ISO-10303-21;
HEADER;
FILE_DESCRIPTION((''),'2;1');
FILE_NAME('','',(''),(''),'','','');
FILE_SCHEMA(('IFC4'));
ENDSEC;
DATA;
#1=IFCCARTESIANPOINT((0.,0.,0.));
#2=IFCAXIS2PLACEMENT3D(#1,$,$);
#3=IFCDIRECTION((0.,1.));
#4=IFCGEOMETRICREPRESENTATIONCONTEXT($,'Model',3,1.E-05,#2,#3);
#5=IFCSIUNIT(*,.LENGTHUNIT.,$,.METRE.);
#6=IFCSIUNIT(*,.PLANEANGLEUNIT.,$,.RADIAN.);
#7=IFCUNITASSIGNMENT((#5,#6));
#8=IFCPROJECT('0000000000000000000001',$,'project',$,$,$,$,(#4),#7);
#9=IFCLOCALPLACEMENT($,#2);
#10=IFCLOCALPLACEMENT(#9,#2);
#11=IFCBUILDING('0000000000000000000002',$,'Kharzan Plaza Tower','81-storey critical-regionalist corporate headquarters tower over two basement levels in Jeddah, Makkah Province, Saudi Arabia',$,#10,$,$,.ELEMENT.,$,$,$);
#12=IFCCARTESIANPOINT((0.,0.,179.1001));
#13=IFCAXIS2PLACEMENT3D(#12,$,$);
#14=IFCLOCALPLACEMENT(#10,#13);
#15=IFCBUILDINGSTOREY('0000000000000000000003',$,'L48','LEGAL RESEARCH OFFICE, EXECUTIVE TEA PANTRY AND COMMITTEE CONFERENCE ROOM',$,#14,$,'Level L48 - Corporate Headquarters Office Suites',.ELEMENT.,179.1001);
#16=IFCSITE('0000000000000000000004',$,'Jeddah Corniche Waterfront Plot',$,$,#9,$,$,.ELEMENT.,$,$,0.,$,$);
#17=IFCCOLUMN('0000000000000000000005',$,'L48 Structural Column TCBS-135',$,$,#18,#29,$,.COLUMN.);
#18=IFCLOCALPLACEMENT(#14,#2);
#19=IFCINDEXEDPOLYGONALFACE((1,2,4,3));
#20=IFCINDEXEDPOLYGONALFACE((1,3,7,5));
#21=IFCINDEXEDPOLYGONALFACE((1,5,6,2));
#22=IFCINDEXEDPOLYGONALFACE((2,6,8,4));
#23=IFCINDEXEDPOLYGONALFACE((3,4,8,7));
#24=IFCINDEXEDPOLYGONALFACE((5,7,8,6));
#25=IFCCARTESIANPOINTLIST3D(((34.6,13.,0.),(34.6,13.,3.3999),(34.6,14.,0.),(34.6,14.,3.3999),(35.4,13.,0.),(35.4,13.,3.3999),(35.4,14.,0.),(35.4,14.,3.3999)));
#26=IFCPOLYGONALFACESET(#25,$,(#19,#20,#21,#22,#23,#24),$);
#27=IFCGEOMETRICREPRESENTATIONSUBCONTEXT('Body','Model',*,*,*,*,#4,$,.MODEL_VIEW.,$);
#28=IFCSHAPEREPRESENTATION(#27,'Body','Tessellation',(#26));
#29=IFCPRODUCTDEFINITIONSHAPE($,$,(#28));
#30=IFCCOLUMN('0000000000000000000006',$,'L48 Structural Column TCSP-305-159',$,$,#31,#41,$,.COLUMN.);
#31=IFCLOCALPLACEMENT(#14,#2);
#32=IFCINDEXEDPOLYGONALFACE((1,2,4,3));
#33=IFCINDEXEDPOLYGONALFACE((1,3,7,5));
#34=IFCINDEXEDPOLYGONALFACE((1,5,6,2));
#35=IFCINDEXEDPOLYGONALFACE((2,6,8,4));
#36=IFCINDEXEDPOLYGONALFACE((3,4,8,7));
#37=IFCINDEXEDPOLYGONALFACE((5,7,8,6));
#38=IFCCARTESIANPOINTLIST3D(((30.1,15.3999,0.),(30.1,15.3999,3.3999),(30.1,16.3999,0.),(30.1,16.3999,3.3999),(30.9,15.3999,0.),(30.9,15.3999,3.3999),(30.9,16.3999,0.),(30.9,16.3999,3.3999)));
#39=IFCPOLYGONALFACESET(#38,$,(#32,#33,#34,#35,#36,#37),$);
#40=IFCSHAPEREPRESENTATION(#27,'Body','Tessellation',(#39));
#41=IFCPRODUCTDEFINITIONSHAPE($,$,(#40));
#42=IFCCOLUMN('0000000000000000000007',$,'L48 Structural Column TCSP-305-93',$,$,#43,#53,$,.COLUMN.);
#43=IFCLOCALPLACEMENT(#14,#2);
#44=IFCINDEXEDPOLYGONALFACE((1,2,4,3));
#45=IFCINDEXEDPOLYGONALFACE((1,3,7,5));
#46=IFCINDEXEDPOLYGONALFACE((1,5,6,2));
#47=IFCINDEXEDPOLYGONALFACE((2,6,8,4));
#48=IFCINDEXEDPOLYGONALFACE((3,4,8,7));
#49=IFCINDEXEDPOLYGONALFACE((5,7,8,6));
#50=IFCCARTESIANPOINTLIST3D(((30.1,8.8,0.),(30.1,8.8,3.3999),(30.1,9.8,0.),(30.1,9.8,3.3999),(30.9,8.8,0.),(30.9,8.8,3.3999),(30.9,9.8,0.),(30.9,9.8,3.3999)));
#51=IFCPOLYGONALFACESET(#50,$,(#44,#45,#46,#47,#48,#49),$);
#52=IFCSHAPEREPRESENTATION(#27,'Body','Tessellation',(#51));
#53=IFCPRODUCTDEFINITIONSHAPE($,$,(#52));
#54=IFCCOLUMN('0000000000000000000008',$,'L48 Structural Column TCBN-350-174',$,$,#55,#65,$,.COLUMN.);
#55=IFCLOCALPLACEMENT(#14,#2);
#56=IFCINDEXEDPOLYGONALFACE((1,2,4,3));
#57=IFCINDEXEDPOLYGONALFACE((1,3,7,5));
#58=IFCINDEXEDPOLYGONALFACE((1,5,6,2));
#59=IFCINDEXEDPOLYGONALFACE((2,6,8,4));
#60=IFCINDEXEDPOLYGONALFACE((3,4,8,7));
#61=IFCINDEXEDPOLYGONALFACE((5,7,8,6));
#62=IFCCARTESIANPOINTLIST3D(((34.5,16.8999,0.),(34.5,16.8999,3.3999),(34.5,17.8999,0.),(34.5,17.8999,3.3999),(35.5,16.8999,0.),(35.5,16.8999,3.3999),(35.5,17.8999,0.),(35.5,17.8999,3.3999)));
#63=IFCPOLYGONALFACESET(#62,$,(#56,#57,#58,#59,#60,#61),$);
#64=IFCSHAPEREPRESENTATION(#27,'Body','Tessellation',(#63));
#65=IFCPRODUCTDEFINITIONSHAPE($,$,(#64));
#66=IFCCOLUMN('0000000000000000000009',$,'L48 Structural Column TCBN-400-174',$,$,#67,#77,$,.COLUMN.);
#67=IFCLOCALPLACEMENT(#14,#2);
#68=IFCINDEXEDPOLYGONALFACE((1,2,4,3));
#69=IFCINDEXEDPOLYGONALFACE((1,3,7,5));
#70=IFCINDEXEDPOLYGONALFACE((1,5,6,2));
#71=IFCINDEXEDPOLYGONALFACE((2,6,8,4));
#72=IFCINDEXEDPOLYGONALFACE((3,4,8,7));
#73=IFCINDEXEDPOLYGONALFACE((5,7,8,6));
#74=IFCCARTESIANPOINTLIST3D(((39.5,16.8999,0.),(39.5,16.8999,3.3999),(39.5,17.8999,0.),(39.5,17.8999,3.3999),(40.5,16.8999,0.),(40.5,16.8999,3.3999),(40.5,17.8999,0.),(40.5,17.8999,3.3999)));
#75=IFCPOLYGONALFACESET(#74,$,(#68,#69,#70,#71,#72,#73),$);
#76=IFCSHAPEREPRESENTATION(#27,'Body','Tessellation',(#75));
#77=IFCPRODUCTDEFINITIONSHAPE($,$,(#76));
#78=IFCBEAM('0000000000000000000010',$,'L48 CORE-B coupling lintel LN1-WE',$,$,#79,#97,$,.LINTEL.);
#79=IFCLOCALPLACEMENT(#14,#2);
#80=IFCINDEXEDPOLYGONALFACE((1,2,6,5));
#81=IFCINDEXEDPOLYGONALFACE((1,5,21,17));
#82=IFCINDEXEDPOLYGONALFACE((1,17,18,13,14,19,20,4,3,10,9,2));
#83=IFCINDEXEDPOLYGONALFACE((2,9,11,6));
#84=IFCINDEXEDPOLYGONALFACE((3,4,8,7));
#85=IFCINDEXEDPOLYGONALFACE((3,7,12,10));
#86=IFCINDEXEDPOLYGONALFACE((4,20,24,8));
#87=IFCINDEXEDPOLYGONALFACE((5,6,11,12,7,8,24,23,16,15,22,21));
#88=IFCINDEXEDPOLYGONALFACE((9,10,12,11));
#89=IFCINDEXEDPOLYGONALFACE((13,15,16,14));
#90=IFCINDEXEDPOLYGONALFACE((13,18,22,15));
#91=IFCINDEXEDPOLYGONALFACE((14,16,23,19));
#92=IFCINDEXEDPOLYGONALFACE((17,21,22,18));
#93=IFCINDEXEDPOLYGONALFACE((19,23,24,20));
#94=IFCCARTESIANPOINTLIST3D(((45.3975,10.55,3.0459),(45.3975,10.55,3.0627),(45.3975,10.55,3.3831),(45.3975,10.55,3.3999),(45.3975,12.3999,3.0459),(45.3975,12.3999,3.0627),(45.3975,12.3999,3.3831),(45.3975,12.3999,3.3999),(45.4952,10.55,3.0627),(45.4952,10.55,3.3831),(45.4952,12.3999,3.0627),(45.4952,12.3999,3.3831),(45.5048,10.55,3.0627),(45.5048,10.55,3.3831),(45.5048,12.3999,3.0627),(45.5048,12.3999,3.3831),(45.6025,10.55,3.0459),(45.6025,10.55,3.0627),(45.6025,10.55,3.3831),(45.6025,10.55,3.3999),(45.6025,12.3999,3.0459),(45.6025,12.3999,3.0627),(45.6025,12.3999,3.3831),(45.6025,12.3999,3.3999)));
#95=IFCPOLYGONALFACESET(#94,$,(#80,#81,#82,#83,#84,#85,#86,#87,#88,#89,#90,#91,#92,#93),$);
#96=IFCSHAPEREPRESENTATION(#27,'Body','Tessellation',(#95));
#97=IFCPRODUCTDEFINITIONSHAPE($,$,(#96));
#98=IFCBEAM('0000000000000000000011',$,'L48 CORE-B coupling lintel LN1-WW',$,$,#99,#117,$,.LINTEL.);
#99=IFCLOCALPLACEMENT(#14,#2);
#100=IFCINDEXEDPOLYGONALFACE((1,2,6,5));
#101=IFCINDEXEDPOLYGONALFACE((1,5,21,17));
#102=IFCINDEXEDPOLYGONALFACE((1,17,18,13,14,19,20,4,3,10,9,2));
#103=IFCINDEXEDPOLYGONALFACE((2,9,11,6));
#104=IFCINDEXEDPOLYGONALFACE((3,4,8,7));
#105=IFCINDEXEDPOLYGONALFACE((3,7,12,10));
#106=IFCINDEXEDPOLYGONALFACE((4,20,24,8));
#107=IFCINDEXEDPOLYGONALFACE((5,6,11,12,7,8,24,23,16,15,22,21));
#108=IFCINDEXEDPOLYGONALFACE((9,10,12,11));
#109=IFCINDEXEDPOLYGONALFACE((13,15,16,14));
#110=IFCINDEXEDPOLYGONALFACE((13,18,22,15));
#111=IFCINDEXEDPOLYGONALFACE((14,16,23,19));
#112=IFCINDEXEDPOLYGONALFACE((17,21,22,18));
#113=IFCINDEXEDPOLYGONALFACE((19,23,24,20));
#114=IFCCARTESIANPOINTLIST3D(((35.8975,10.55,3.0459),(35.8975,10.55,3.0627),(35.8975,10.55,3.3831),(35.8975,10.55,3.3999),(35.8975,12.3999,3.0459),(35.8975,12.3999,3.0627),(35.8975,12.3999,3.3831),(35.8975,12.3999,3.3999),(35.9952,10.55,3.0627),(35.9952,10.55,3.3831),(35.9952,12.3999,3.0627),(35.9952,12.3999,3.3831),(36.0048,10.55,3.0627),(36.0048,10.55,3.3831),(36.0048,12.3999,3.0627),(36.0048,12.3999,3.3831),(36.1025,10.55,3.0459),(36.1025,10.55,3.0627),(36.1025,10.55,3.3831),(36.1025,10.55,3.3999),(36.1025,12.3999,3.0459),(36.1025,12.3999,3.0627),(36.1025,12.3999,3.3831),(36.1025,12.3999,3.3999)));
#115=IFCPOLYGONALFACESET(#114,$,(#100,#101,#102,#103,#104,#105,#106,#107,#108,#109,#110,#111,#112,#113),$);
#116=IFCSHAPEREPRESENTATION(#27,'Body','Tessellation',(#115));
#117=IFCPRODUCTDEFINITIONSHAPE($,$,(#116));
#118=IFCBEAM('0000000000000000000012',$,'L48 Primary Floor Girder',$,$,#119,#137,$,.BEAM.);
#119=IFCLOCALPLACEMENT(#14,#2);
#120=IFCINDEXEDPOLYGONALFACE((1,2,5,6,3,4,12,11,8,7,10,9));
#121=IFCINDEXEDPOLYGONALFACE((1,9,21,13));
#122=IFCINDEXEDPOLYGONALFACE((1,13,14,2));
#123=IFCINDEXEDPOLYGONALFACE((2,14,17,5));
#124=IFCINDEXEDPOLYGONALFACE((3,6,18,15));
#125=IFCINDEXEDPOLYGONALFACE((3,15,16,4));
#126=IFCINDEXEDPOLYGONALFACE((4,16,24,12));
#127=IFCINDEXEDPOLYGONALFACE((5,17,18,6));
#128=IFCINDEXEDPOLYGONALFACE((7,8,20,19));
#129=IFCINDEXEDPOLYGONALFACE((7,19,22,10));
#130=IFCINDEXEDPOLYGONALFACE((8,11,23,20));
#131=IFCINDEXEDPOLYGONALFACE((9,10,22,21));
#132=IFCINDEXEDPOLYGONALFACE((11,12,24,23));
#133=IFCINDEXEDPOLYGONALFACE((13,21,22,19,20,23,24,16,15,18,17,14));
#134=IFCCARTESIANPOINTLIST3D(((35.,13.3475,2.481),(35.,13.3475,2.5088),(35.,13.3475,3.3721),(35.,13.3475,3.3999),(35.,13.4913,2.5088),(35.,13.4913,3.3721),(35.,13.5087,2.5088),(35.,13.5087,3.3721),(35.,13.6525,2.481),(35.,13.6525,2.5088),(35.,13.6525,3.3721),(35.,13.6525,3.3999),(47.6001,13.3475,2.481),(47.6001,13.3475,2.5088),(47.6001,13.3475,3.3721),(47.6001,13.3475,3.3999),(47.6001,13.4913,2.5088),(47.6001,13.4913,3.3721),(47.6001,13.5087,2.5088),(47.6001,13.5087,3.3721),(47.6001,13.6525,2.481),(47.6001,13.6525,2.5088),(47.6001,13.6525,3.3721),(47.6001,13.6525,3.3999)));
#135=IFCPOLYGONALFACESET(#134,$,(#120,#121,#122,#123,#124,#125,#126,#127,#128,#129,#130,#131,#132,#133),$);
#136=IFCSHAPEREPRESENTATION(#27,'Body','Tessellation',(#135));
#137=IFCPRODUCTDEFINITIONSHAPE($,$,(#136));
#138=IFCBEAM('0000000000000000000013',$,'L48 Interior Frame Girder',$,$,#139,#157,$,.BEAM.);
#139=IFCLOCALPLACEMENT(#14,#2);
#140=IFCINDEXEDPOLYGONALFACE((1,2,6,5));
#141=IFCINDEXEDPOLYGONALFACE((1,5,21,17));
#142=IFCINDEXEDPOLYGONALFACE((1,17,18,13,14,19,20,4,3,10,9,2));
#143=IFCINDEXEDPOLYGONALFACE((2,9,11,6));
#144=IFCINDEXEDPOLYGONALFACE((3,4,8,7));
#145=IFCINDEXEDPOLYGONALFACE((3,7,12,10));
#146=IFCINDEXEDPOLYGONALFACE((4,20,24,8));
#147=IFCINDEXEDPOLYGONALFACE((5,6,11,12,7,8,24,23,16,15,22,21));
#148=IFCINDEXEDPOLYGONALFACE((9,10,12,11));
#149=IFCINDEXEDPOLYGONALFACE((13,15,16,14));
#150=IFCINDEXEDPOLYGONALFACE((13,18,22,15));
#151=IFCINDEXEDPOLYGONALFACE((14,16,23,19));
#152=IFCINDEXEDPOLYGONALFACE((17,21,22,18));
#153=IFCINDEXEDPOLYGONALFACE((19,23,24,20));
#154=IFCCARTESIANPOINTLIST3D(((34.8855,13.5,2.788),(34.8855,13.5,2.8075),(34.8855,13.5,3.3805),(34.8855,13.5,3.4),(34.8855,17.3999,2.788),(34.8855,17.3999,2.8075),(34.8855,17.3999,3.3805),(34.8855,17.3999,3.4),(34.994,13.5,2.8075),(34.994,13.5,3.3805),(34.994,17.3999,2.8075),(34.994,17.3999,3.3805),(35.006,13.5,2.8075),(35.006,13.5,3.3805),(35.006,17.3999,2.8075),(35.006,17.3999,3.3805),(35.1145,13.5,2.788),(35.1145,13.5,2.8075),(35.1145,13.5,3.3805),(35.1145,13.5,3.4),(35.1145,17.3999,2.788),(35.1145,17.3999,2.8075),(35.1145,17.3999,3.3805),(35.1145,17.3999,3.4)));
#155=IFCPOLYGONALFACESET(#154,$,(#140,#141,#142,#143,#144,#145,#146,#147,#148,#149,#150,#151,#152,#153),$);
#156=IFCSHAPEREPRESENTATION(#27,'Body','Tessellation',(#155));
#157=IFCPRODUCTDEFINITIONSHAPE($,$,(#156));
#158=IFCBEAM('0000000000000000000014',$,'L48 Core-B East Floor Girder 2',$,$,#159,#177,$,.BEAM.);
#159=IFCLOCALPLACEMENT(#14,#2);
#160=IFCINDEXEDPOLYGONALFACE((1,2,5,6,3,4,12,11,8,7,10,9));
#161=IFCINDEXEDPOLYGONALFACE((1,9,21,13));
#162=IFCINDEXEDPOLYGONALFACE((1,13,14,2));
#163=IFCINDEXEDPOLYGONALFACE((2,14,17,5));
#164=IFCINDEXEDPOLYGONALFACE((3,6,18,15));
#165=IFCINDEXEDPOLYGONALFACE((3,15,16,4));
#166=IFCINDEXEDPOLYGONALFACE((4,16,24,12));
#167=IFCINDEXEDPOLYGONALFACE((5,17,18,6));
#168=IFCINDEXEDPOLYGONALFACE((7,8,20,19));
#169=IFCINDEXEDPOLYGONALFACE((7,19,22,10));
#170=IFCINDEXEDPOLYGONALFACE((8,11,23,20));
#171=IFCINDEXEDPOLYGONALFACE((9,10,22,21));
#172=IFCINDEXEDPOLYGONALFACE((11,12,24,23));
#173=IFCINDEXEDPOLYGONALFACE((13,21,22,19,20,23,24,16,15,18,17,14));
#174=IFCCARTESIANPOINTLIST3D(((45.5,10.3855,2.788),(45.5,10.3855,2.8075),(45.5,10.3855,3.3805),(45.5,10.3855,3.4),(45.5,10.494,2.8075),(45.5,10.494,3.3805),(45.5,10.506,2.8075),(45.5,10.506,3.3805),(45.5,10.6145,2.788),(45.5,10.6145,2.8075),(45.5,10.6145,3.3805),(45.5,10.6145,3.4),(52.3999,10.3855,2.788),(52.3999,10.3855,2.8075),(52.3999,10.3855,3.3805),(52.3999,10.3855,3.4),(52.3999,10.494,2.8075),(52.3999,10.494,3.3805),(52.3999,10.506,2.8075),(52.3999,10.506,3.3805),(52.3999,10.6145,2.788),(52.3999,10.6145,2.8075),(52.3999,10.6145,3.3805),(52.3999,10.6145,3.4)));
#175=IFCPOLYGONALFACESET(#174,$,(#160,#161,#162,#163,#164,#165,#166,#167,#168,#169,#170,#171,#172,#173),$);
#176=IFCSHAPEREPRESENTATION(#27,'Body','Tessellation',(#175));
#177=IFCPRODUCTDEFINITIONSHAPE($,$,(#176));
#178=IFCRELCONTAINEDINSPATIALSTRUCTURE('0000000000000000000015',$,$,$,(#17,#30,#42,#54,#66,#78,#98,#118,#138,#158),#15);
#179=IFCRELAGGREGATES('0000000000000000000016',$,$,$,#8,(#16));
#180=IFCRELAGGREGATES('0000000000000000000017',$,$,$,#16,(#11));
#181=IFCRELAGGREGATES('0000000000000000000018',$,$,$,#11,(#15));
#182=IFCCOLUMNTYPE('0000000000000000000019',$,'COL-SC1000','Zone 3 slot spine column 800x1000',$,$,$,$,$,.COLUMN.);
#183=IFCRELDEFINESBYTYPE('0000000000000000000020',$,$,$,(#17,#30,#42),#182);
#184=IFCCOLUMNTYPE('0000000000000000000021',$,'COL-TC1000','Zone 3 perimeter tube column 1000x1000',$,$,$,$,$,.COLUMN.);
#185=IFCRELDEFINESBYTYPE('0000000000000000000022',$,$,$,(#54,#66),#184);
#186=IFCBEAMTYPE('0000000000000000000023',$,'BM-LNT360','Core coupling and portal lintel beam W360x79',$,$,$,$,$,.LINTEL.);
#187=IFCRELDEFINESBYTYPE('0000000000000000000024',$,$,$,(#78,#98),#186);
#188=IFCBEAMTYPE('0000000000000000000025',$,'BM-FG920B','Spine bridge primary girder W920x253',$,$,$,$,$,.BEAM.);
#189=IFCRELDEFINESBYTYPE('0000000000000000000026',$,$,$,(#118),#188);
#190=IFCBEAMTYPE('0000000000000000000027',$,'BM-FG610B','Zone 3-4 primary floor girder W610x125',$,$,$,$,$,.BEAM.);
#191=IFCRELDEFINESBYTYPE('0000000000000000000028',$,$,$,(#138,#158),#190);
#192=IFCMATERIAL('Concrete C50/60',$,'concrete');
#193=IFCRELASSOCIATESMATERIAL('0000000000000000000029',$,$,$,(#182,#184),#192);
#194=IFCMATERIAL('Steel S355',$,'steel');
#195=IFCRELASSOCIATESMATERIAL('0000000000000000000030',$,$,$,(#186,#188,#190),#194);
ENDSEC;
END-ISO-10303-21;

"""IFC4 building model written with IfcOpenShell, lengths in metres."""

from ifc_helpers import new_model, si_unit, direction, frame, origin, origin_2d, place, context, subcontext, project, spatial, rectangle, i_section, extrude, source, transform, mapped, material, material_profile, profile_set, type_object, element, save


model = new_model("IFC4")

# Units and contexts
model_context = context("Model", 3, precision=1e-05, world=origin(), true_north=direction((0.0, 1.0)))
body_context = subcontext(model_context, "Body", "Model", "MODEL_VIEW")
ifc_project = project(units=[si_unit("LENGTHUNIT", "METRE"), si_unit("PLANEANGLEUNIT", "RADIAN")], contexts=[model_context])

# Site, building, storey
site_placement = place(None, origin())
site = spatial("IfcSite", under=ifc_project, at=site_placement, Name="Jeddah Corniche Waterfront Plot", CompositionType="ELEMENT", RefElevation=0.0)
building_placement = place(site_placement, origin())
building = spatial("IfcBuilding", under=site, at=building_placement, Name="Kharzan Plaza Tower", Description="81-storey critical-regionalist corporate headquarters tower over two basement levels in Jeddah, Makkah Province, Saudi Arabia", CompositionType="ELEMENT")
storey_placement = place(building_placement, frame((0.0, 0.0, 179.1001)))
storey = spatial("IfcBuildingStorey", under=building, at=storey_placement, Name="L48", Description="LEGAL RESEARCH OFFICE, EXECUTIVE TEA PANTRY AND COMMITTEE CONFERENCE ROOM", LongName="Level L48 - Corporate Headquarters Office Suites", CompositionType="ELEMENT", Elevation=179.1001)

# Columns
ifc_material_1 = material(Name="Concrete C50/60", Category="concrete")
ifc_material_profile_1 = material_profile(ifc_material_1, rectangle(XDim=0.8, YDim=1.0, at=origin_2d()), Name="RC-SC1000x800")
ifc_profile_set_1 = profile_set([ifc_material_profile_1], Name="Concrete C50/60")
column_type_1 = type_object("IfcColumnType", Name="COL-SC1000", Description="Zone 3 slot spine column 800x1000", PredefinedType="COLUMN", material=ifc_profile_set_1)
shared_shape_1 = source(origin(), body_context, "Body", "SweptSolid", [
    extrude(rectangle(XDim=0.8, YDim=1.0, at=origin_2d()), origin(), (0.0, 0.0, 1.0), 3.3999),
])
for number, where, z_axis, x_axis, name in (
    (1, (35.0, 13.5, 0.0), (0.0, 0.0, 1.0), (1.0, 0.0, 0.0), "L48 Structural Column TCBS-135"),
    (2, (30.5, 15.8999, 0.0), (0.0, 0.0, 1.0), (1.0, 0.0, 0.0), "L48 Structural Column TCSP-305-159"),
    (3, (30.5, 9.3, 0.0), (0.0, 0.0, 1.0), (1.0, 0.0, 0.0), "L48 Structural Column TCSP-305-93"),
):
    element("IfcColumn", number, at=place(storey_placement, frame(where, z_axis=z_axis, x_axis=x_axis)), inside=storey, type_object=column_type_1, Name=name, PredefinedType="COLUMN", context=body_context, shape_type="MappedRepresentation", body=[
        mapped(shared_shape_1, transform((0.0, 0.0, 0.0), x_axis=(1.0, 0.0, 0.0), y_axis=(0.0, 1.0, 0.0), z_axis=(0.0, 0.0, 1.0))),
    ])
ifc_material_profile_2 = material_profile(ifc_material_1, rectangle(XDim=1.0, YDim=1.0, at=origin_2d()), Name="RC-TC1000x1000")
ifc_profile_set_2 = profile_set([ifc_material_profile_2], Name="Concrete C50/60")
column_type_2 = type_object("IfcColumnType", Name="COL-TC1000", Description="Zone 3 perimeter tube column 1000x1000", PredefinedType="COLUMN", material=ifc_profile_set_2)
shared_shape_2 = source(origin(), body_context, "Body", "SweptSolid", [
    extrude(rectangle(XDim=1.0, YDim=1.0, at=origin_2d()), origin(), (0.0, 0.0, 1.0), 3.3999),
])
for number, where, z_axis, x_axis, name in (
    (4, (35.0, 17.3999, 0.0), (0.0, 0.0, 1.0), (1.0, 0.0, 0.0), "L48 Structural Column TCBN-350-174"),
    (5, (40.0, 17.3999, 0.0), (0.0, 0.0, 1.0), (1.0, 0.0, 0.0), "L48 Structural Column TCBN-400-174"),
):
    element("IfcColumn", number, at=place(storey_placement, frame(where, z_axis=z_axis, x_axis=x_axis)), inside=storey, type_object=column_type_2, Name=name, PredefinedType="COLUMN", context=body_context, shape_type="MappedRepresentation", body=[
        mapped(shared_shape_2, transform((0.0, 0.0, 0.0), x_axis=(1.0, 0.0, 0.0), y_axis=(0.0, 1.0, 0.0), z_axis=(0.0, 0.0, 1.0))),
    ])

# Beams
ifc_material_2 = material(Name="Steel S355", Category="steel")
ifc_material_profile_3 = material_profile(ifc_material_2, i_section(OverallWidth=0.2051, OverallDepth=0.354, WebThickness=0.0095, FlangeThickness=0.0168, at=origin_2d()), Name="W360x79")
ifc_profile_set_3 = profile_set([ifc_material_profile_3], Name="Steel S355")
beam_type_1 = type_object("IfcBeamType", Name="BM-LNT360", Description="Core coupling and portal lintel beam W360x79", PredefinedType="LINTEL", material=ifc_profile_set_3)
shared_shape_3 = source(origin(), body_context, "Body", "SweptSolid", [
    extrude(i_section(OverallWidth=0.2051, OverallDepth=0.354, WebThickness=0.0095, FlangeThickness=0.0168, at=origin_2d()), origin(), (0.0, 0.0, 1.0), 1.8499),
])
for number, where, z_axis, x_axis, name in (
    (6, (45.5, 10.55, 3.2229), (0.0, 1.0, 0.0), (-1.0, 0.0, 0.0), "L48 CORE-B coupling lintel LN1-WE"),
    (7, (36.0, 10.55, 3.2229), (0.0, 1.0, 0.0), (-1.0, 0.0, 0.0), "L48 CORE-B coupling lintel LN1-WW"),
):
    element("IfcBeam", number, at=place(storey_placement, frame(where, z_axis=z_axis, x_axis=x_axis)), inside=storey, type_object=beam_type_1, Name=name, PredefinedType="LINTEL", context=body_context, shape_type="MappedRepresentation", body=[
        mapped(shared_shape_3, transform((0.0, 0.0, 0.0), x_axis=(1.0, 0.0, 0.0), y_axis=(0.0, 1.0, 0.0), z_axis=(0.0, 0.0, 1.0))),
    ])
ifc_material_profile_4 = material_profile(ifc_material_2, i_section(OverallWidth=0.3049, OverallDepth=0.9189, WebThickness=0.0173, FlangeThickness=0.0278, at=origin_2d()), Name="W920x253")
ifc_profile_set_4 = profile_set([ifc_material_profile_4], Name="Steel S355")
beam_type_2 = type_object("IfcBeamType", Name="BM-FG920B", Description="Spine bridge primary girder W920x253", PredefinedType="BEAM", material=ifc_profile_set_4)
shared_shape_4 = source(origin(), body_context, "Body", "SweptSolid", [
    extrude(i_section(OverallWidth=0.3049, OverallDepth=0.9189, WebThickness=0.0173, FlangeThickness=0.0278, at=origin_2d()), origin(), (0.0, 0.0, 1.0), 12.6001),
])
beam_1_placement = place(storey_placement, frame((35.0, 13.5, 2.9404), z_axis=(1.0, 0.0, 0.0), x_axis=(0.0, 1.0, 0.0)))
element("IfcBeam", 8, at=beam_1_placement, inside=storey, type_object=beam_type_2, Name="L48 Primary Floor Girder", PredefinedType="BEAM", context=body_context, shape_type="MappedRepresentation", body=[
    mapped(shared_shape_4, transform((0.0, 0.0, 0.0), x_axis=(1.0, 0.0, 0.0), y_axis=(0.0, 1.0, 0.0), z_axis=(0.0, 0.0, 1.0))),
])
ifc_material_profile_5 = material_profile(ifc_material_2, i_section(OverallWidth=0.229, OverallDepth=0.6121, WebThickness=0.012, FlangeThickness=0.0195, at=origin_2d()), Name="W610x125")
ifc_profile_set_5 = profile_set([ifc_material_profile_5], Name="Steel S355")
beam_type_3 = type_object("IfcBeamType", Name="BM-FG610B", Description="Zone 3-4 primary floor girder W610x125", PredefinedType="BEAM", material=ifc_profile_set_5)
shared_shape_5 = source(origin(), body_context, "Body", "SweptSolid", [
    extrude(i_section(OverallWidth=0.229, OverallDepth=0.6121, WebThickness=0.012, FlangeThickness=0.0195, at=origin_2d()), origin(), (0.0, 0.0, 1.0), 3.8999),
])
beam_2_placement = place(storey_placement, frame((35.0, 13.5, 3.094), z_axis=(0.0, 1.0, 0.0), x_axis=(-1.0, 0.0, 0.0)))
element("IfcBeam", 9, at=beam_2_placement, inside=storey, type_object=beam_type_3, Name="L48 Interior Frame Girder", PredefinedType="BEAM", context=body_context, shape_type="MappedRepresentation", body=[
    mapped(shared_shape_5, transform((0.0, 0.0, 0.0), x_axis=(1.0, 0.0, 0.0), y_axis=(0.0, 1.0, 0.0), z_axis=(0.0, 0.0, 1.0))),
])
shared_shape_6 = source(origin(), body_context, "Body", "SweptSolid", [
    extrude(i_section(OverallWidth=0.229, OverallDepth=0.6121, WebThickness=0.012, FlangeThickness=0.0195, at=origin_2d()), origin(), (0.0, 0.0, 1.0), 6.8999),
])
beam_3_placement = place(storey_placement, frame((45.5, 10.5, 3.094), z_axis=(1.0, 0.0, 0.0), x_axis=(0.0, 1.0, 0.0)))
element("IfcBeam", 10, at=beam_3_placement, inside=storey, type_object=beam_type_3, Name="L48 Core-B East Floor Girder 2", PredefinedType="BEAM", context=body_context, shape_type="MappedRepresentation", body=[
    mapped(shared_shape_6, transform((0.0, 0.0, 0.0), x_axis=(1.0, 0.0, 0.0), y_axis=(0.0, 1.0, 0.0), z_axis=(0.0, 0.0, 1.0))),
])

save(model, "model.ifc")
